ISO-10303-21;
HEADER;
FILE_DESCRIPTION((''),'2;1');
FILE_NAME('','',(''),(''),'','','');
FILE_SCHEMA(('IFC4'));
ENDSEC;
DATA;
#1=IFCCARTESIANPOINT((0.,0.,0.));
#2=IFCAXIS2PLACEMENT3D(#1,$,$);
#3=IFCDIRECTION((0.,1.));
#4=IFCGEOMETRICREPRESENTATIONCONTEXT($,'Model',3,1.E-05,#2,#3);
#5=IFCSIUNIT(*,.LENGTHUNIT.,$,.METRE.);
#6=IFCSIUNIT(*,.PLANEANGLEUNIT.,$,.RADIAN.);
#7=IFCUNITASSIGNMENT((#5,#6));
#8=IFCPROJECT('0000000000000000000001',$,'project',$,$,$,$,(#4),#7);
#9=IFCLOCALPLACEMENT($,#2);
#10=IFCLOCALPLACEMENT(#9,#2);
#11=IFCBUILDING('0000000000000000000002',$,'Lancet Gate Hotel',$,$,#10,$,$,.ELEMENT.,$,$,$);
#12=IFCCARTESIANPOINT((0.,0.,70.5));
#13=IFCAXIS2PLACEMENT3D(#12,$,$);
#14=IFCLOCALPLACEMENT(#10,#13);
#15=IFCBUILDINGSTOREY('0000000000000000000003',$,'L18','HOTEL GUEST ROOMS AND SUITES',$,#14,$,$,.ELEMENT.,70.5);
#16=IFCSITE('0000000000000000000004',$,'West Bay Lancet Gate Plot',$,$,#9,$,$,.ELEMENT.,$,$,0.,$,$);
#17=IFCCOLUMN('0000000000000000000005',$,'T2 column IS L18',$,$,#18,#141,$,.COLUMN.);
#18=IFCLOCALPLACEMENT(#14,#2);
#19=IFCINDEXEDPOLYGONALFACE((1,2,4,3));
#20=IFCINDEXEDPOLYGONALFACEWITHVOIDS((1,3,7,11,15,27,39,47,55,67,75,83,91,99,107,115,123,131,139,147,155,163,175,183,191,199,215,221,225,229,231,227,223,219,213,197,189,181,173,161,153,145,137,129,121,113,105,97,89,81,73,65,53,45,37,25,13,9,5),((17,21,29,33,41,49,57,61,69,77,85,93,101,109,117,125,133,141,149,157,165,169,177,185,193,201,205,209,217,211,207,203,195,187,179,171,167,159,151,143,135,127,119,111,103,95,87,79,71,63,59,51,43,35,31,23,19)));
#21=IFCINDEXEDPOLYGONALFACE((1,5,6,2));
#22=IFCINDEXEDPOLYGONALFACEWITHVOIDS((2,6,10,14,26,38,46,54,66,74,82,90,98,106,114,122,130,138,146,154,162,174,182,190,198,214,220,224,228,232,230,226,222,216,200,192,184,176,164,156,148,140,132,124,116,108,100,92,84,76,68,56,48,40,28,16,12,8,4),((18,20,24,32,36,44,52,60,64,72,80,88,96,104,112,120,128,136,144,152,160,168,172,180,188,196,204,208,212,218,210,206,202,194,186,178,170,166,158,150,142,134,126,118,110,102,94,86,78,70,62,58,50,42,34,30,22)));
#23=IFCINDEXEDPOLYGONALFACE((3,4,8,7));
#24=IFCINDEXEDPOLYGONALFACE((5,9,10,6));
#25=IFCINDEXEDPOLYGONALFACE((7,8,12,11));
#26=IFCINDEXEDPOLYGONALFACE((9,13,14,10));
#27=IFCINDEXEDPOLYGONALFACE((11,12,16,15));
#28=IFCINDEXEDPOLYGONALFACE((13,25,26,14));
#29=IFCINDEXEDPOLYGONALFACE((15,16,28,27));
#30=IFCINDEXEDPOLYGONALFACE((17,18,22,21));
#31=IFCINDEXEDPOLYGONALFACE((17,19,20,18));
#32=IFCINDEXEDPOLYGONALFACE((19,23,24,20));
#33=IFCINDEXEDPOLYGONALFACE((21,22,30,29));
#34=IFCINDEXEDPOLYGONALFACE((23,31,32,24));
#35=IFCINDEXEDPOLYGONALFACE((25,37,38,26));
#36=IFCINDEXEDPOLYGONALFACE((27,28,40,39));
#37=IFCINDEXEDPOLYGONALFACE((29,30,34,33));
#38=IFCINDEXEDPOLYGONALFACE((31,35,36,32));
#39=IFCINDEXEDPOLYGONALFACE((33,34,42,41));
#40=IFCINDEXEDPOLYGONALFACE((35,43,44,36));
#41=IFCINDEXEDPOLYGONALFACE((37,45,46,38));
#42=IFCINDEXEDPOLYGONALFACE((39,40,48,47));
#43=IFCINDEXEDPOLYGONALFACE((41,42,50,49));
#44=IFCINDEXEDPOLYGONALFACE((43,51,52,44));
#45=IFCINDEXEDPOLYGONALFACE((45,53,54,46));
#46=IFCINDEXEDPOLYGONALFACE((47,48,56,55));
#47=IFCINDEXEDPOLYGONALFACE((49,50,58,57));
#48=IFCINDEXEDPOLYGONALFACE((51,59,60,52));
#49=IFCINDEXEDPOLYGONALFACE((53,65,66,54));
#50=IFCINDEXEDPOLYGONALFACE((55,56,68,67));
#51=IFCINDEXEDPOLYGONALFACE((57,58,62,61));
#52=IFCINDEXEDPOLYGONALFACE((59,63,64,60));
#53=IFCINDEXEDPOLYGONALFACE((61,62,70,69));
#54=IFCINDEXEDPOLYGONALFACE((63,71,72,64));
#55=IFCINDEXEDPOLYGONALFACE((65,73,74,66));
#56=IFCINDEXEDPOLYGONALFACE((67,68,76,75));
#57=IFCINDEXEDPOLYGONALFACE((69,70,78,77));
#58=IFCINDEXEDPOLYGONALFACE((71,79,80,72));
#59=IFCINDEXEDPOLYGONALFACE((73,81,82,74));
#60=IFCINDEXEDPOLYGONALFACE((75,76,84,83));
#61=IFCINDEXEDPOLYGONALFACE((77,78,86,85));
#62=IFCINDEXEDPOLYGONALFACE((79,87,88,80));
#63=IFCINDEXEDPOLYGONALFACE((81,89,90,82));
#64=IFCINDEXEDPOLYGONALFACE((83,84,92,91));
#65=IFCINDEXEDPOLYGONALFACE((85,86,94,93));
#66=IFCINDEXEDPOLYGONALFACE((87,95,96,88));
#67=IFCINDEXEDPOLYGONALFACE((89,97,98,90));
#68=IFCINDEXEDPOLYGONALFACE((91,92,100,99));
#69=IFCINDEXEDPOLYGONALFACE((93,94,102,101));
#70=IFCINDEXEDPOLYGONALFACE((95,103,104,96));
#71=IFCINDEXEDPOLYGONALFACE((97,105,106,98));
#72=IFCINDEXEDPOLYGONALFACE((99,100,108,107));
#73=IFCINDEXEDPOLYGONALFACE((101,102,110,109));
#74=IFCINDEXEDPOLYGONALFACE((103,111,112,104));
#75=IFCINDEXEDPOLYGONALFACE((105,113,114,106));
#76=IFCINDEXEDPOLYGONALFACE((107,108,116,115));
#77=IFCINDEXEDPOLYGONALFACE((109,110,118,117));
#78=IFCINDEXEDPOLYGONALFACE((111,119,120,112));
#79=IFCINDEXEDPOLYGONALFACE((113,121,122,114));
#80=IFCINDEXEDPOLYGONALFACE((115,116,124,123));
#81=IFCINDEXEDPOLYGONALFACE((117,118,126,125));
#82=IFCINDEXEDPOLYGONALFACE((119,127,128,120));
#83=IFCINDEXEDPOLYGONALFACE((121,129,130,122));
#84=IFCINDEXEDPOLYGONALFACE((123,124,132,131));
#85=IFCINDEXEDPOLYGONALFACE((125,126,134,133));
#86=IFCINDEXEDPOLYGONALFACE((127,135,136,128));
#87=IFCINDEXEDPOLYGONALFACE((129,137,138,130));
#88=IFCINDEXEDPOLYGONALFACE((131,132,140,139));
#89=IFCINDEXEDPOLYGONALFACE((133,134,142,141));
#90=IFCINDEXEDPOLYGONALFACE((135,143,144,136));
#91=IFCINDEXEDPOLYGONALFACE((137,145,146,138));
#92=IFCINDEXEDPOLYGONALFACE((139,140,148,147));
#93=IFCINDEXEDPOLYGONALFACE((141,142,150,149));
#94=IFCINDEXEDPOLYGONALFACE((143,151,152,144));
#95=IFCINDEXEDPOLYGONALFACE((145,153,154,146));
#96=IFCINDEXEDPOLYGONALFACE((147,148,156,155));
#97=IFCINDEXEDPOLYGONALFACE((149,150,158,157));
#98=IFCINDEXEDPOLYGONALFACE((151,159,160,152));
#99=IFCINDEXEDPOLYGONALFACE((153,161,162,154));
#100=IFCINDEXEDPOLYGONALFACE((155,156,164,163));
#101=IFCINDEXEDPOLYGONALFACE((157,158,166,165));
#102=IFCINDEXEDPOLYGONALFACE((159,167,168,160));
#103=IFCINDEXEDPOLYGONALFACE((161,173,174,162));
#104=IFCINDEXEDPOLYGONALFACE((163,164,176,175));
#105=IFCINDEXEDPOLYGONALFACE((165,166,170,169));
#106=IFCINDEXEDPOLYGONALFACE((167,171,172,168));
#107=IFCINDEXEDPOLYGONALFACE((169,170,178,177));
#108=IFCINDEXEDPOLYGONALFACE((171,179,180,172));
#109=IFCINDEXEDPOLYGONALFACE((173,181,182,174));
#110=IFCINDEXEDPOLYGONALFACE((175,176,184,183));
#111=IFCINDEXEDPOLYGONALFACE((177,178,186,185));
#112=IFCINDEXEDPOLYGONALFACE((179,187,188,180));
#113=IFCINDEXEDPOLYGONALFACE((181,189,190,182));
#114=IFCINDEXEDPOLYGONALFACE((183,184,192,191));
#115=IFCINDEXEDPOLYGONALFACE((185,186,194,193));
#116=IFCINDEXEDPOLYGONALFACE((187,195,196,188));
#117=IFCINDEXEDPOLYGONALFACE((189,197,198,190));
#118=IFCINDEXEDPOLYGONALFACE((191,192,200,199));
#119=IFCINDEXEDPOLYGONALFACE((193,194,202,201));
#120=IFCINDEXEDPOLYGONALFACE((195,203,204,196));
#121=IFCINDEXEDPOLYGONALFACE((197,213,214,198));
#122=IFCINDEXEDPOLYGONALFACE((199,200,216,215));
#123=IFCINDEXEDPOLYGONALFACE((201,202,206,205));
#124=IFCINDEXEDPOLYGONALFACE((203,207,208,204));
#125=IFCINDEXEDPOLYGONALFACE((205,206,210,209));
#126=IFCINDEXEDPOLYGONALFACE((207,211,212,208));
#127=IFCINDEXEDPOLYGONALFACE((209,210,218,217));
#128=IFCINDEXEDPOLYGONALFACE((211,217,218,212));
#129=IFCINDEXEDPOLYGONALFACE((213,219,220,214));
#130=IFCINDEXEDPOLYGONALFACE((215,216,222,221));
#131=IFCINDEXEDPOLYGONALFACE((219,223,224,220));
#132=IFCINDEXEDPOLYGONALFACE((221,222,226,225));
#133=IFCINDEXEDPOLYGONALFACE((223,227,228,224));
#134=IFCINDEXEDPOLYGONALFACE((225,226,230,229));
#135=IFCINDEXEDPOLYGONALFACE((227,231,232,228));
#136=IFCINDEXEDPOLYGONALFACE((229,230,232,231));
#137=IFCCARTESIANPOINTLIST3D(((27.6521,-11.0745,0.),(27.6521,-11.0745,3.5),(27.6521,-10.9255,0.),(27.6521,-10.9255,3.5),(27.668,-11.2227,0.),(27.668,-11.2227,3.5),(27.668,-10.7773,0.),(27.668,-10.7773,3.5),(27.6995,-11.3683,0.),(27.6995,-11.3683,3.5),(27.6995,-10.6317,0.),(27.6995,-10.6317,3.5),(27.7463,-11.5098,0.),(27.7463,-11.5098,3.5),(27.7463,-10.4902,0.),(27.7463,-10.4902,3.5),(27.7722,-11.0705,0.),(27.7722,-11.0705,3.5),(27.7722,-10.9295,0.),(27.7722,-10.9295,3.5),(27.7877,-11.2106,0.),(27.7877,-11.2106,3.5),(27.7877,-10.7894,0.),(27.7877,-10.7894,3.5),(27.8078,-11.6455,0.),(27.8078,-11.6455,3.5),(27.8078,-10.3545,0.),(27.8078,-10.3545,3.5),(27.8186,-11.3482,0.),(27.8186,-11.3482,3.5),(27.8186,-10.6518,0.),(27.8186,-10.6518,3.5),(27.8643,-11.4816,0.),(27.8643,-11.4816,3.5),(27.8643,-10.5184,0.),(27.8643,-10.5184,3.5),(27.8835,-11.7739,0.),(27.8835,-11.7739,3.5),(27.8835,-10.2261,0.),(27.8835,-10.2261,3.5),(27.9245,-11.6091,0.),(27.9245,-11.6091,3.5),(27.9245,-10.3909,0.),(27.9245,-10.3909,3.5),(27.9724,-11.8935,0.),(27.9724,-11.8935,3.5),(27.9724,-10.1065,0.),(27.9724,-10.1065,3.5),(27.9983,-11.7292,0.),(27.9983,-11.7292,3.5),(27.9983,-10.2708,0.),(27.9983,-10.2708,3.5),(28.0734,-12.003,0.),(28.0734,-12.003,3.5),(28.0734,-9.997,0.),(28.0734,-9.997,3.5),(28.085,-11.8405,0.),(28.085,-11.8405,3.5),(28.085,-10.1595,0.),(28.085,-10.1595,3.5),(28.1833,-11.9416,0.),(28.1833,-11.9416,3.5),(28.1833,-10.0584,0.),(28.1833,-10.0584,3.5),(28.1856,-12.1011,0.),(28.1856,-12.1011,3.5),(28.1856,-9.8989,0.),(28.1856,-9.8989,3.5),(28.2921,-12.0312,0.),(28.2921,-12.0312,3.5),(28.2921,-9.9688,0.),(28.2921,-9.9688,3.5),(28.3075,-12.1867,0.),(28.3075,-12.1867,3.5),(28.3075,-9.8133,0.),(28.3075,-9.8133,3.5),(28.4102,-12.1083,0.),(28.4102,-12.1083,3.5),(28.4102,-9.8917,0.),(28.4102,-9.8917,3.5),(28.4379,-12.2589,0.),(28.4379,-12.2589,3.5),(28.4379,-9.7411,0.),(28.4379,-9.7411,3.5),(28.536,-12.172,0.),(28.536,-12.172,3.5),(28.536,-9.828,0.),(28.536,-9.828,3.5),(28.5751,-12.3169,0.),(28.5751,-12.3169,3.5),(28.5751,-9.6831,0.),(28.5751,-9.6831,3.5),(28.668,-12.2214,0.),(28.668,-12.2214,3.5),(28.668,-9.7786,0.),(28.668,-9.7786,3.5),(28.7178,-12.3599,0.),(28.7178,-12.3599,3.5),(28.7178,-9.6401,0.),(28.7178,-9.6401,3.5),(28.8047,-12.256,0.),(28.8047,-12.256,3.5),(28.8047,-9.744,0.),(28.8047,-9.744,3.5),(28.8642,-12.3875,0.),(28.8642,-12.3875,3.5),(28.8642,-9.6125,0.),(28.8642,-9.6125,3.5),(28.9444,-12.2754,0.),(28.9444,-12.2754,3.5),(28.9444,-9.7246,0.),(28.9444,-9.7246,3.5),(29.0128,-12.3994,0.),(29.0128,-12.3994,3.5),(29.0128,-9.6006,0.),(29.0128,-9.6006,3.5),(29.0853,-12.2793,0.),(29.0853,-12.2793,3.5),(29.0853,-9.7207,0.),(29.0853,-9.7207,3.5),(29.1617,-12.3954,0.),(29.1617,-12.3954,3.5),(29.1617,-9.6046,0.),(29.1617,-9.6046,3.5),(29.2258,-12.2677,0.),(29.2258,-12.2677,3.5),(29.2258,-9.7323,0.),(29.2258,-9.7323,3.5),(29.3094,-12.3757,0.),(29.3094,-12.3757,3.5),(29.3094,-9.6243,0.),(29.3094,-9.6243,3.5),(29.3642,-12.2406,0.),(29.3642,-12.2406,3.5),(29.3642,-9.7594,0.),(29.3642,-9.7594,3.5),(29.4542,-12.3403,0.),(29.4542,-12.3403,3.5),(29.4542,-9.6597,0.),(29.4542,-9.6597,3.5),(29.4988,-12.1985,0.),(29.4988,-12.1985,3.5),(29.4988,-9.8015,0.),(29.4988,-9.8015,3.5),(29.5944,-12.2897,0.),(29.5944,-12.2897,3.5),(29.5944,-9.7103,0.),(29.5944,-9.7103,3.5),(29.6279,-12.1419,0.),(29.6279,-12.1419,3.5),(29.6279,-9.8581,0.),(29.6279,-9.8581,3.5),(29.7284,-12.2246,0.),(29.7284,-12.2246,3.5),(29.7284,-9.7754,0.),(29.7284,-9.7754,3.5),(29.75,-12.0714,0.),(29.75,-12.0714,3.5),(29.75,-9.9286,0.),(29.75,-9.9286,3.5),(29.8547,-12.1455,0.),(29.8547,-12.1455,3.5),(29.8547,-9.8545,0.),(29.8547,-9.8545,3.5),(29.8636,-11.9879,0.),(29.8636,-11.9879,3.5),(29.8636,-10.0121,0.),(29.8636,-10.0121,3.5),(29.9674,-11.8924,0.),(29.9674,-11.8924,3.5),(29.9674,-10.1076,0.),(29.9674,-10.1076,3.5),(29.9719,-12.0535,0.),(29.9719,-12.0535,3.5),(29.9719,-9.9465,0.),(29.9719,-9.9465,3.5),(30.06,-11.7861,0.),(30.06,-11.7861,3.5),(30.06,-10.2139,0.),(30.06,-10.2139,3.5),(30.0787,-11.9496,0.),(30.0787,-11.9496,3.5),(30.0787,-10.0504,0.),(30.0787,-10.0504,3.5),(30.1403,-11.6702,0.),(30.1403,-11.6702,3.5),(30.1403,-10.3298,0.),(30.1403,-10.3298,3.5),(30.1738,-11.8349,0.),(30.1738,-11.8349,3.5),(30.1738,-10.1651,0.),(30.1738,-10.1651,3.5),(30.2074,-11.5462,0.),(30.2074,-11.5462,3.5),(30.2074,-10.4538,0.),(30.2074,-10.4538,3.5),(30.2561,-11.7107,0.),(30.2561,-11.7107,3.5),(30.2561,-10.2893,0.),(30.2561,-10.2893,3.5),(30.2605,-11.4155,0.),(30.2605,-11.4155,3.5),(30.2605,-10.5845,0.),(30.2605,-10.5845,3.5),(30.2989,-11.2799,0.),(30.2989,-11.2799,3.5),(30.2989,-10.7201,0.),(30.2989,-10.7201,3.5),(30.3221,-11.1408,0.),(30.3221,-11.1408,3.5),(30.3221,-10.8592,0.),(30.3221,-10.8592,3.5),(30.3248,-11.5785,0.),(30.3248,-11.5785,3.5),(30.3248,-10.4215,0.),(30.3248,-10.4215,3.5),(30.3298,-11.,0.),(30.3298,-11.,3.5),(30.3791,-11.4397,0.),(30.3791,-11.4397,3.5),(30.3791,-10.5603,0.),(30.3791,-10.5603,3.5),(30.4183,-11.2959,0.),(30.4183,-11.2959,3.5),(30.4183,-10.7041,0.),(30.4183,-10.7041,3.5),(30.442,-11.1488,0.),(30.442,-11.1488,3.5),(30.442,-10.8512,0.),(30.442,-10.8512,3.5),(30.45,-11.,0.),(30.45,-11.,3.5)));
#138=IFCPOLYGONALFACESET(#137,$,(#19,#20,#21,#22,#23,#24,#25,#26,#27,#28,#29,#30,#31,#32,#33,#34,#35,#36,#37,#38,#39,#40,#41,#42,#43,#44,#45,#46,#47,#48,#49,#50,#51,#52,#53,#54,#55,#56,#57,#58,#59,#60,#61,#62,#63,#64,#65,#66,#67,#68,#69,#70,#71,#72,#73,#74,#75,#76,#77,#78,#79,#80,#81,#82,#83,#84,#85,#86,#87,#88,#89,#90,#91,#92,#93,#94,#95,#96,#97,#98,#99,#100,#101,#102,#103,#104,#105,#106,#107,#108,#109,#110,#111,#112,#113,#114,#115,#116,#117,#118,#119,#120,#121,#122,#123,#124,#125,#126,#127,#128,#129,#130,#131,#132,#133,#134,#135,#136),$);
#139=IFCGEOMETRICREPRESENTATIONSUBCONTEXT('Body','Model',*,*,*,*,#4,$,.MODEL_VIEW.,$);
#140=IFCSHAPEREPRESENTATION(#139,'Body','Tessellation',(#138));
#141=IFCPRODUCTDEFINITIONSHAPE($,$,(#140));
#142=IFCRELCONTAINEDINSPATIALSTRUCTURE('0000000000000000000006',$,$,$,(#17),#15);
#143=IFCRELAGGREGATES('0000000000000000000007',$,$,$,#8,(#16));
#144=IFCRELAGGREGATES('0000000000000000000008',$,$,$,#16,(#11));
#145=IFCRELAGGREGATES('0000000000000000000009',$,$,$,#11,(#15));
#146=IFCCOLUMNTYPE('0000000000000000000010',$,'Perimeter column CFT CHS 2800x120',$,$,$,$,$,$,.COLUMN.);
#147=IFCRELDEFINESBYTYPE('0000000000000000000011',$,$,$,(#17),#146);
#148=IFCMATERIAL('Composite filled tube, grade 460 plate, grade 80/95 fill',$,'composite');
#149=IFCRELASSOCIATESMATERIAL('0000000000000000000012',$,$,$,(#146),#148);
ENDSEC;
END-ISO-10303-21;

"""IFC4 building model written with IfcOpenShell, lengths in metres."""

from ifc_helpers import new_model, si_unit, direction, frame, origin, origin_2d, place, context, subcontext, project, spatial, hollow_circle, extrude, material, material_profile, profile_set, type_object, element, save


model = new_model("IFC4")

# Units and contexts
model_context = context("Model", 3, precision=1e-05, world=origin(), true_north=direction((0.0, 1.0)))
body_context = subcontext(model_context, "Body", "Model", "MODEL_VIEW")
ifc_project = project(units=[si_unit("LENGTHUNIT", "METRE"), si_unit("PLANEANGLEUNIT", "RADIAN")], contexts=[model_context])

# Site, building, storey
site_placement = place(None, origin())
site = spatial("IfcSite", under=ifc_project, at=site_placement, Name="West Bay Lancet Gate Plot", CompositionType="ELEMENT", RefElevation=0.0)
building_placement = place(site_placement, origin())
building = spatial("IfcBuilding", under=site, at=building_placement, Name="Lancet Gate Hotel", CompositionType="ELEMENT")
storey_placement = place(building_placement, frame((0.0, 0.0, 70.5)))
storey = spatial("IfcBuildingStorey", under=building, at=storey_placement, Name="L18", Description="HOTEL GUEST ROOMS AND SUITES", CompositionType="ELEMENT", Elevation=70.5)

# Column
ifc_material_1 = material(Name="Composite filled tube, grade 460 plate, grade 80/95 fill", Category="composite")
ifc_material_profile_1 = material_profile(ifc_material_1, hollow_circle(Radius=1.3999, WallThickness=0.1201, at=origin_2d()), Name="CHS 2800x120")
ifc_profile_set_1 = profile_set([ifc_material_profile_1], Name="Composite filled tube, grade 460 plate, grade 80/95 fill")
column_type = type_object("IfcColumnType", Name="Perimeter column CFT CHS 2800x120", PredefinedType="COLUMN", material=ifc_profile_set_1)
for number, where, z_axis, x_axis, name in (
    (1, (29.05, -11.0, 0.0), (0.0, 0.0, 1.0), (1.0, 0.0, 0.0), "T2 column IS L18"),
):
    element("IfcColumn", number, at=place(storey_placement, frame(where, z_axis=z_axis, x_axis=x_axis)), inside=storey, type_object=column_type, Name=name, PredefinedType="COLUMN", context=body_context, shape_type="SweptSolid", body=[
        extrude(hollow_circle(Radius=1.3999, WallThickness=0.1201, at=origin_2d()), origin(), (0.0, 0.0, 1.0), 3.5),
    ])

save(model, "model.ifc")
